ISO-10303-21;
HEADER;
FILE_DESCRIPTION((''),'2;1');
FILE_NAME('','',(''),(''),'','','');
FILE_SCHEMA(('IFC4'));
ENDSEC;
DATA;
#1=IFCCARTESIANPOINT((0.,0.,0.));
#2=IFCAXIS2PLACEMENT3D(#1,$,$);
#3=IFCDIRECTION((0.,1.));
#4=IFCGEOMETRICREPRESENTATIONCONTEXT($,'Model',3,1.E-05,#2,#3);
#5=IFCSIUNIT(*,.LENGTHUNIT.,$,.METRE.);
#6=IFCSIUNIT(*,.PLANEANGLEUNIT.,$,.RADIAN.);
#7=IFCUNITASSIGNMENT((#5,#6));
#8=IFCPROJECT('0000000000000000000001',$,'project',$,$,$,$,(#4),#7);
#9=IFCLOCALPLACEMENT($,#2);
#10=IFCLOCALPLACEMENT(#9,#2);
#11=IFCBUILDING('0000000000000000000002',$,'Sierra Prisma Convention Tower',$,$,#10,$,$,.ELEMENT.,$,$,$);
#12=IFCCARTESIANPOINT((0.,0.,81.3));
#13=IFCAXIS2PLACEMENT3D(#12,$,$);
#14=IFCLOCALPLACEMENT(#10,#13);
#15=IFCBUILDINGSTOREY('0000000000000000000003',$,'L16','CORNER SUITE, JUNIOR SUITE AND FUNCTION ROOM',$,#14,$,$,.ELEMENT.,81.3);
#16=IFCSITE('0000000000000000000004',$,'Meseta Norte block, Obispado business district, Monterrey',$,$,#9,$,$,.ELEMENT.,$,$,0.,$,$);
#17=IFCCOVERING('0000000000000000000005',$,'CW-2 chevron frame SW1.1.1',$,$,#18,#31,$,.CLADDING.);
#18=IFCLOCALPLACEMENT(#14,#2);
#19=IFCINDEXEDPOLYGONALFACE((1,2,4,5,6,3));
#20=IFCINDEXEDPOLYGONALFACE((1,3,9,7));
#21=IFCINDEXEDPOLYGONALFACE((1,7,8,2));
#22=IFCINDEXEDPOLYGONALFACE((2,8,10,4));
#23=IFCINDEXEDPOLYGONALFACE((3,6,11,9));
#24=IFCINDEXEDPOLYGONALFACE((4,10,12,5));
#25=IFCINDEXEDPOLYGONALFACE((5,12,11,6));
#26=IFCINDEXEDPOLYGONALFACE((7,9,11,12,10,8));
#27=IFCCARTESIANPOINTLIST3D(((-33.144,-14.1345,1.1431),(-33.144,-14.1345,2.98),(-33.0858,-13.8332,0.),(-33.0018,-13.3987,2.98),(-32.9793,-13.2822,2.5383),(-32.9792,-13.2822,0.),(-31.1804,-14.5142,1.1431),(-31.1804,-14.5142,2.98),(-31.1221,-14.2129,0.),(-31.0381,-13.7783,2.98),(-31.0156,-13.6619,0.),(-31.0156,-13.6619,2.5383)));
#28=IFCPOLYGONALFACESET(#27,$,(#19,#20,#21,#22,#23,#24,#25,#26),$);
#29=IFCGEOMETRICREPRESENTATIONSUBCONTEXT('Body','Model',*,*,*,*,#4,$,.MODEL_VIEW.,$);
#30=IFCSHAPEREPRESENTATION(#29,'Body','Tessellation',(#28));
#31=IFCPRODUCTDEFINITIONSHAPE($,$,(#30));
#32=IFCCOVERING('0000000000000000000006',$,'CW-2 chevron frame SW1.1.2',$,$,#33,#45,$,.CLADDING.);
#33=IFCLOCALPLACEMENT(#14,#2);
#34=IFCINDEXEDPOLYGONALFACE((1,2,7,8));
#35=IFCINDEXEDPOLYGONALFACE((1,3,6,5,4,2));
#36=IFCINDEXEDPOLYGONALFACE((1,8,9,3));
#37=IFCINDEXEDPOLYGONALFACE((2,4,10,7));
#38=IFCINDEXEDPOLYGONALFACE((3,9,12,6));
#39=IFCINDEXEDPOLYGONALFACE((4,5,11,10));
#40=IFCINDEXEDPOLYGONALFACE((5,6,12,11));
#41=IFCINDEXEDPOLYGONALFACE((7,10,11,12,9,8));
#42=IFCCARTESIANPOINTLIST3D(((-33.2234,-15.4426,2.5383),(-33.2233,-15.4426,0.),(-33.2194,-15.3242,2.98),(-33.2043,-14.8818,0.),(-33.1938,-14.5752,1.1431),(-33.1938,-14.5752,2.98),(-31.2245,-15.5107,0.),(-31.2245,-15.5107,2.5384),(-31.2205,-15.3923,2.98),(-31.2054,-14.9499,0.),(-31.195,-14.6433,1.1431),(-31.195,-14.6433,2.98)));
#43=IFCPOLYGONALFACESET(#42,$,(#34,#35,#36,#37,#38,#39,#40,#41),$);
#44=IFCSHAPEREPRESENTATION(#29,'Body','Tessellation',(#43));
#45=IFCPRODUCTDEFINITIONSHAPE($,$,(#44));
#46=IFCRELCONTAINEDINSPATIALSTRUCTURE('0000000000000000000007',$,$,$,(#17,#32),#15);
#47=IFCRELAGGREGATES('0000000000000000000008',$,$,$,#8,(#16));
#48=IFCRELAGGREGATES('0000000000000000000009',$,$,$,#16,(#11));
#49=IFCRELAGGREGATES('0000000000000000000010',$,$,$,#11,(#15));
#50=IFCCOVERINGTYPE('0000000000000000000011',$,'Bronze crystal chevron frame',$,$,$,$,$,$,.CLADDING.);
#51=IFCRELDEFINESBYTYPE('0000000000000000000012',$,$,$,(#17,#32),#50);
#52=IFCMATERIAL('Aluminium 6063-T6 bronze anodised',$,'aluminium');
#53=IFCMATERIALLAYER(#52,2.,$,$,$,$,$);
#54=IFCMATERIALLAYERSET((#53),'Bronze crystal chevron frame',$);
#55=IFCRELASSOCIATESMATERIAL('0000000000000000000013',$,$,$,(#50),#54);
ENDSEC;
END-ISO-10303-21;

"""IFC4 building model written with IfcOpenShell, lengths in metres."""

from ifc_helpers import new_model, si_unit, direction, frame, origin, place, context, subcontext, project, spatial, polyline, outline, extrude, material, layer, layer_set, type_object, element, save


model = new_model("IFC4")

# Units and contexts
model_context = context("Model", 3, precision=1e-05, world=origin(), true_north=direction((0.0, 1.0)))
body_context = subcontext(model_context, "Body", "Model", "MODEL_VIEW")
ifc_project = project(units=[si_unit("LENGTHUNIT", "METRE"), si_unit("PLANEANGLEUNIT", "RADIAN")], contexts=[model_context])

# Site, building, storey
site_placement = place(None, origin())
site = spatial("IfcSite", under=ifc_project, at=site_placement, Name="Meseta Norte block, Obispado business district, Monterrey", CompositionType="ELEMENT", RefElevation=0.0)
building_placement = place(site_placement, origin())
building = spatial("IfcBuilding", under=site, at=building_placement, Name="Sierra Prisma Convention Tower", CompositionType="ELEMENT")
storey_placement = place(building_placement, frame((0.0, 0.0, 81.3)))
storey = spatial("IfcBuildingStorey", under=building, at=storey_placement, Name="L16", Description="CORNER SUITE, JUNIOR SUITE AND FUNCTION ROOM", CompositionType="ELEMENT", Elevation=81.3)

# Coverings
ifc_material_1 = material(Name="Aluminium 6063-T6 bronze anodised", Category="aluminium")
ifc_layer_1 = layer(ifc_material_1, 2.0)
ifc_layer_set_1 = layer_set([ifc_layer_1], Name="Bronze crystal chevron frame")
covering_type = type_object("IfcCoveringType", Name="Bronze crystal chevron frame", PredefinedType="CLADDING", material=ifc_layer_set_1)
covering_1_placement = place(storey_placement, frame((-32.9792, -13.2822, 0.0), z_axis=(-0.981819, 0.189821, -0.000007), x_axis=(-0.189821, -0.981819, 0.0)))
element("IfcCovering", 1, at=covering_1_placement, inside=storey, type_object=covering_type, Name="CW-2 chevron frame SW1.1.1", PredefinedType="CLADDING", context=body_context, shape_type="SweptSolid", body=[
    extrude(outline(polyline([(0.0, 0.0), (0.5612, 0.0), (0.8681, 1.1431), (0.8681, 2.98), (0.1186, 2.98), (0.0, 2.5383), (0.0, 0.0)])), origin(), (0.0, 0.0, -1.0), 2.0),
])
covering_2_placement = place(storey_placement, frame((-33.1938, -14.5752, 2.98), z_axis=(-0.999421, 0.034034, -0.000013), x_axis=(0.000013, 0.0, -1.0)))
element("IfcCovering", 2, at=covering_2_placement, inside=storey, type_object=covering_type, Name="CW-2 chevron frame SW1.1.2", PredefinedType="CLADDING", context=body_context, shape_type="SweptSolid", body=[
    extrude(outline(polyline([(0.0, 0.0), (1.8369, 0.0), (2.98, 0.3068), (2.98, 0.8679), (0.4417, 0.8679), (0.0, 0.7495), (0.0, 0.0)])), origin(), (0.0, 0.0, -1.0), 2.0),
])

save(model, "model.ifc")
